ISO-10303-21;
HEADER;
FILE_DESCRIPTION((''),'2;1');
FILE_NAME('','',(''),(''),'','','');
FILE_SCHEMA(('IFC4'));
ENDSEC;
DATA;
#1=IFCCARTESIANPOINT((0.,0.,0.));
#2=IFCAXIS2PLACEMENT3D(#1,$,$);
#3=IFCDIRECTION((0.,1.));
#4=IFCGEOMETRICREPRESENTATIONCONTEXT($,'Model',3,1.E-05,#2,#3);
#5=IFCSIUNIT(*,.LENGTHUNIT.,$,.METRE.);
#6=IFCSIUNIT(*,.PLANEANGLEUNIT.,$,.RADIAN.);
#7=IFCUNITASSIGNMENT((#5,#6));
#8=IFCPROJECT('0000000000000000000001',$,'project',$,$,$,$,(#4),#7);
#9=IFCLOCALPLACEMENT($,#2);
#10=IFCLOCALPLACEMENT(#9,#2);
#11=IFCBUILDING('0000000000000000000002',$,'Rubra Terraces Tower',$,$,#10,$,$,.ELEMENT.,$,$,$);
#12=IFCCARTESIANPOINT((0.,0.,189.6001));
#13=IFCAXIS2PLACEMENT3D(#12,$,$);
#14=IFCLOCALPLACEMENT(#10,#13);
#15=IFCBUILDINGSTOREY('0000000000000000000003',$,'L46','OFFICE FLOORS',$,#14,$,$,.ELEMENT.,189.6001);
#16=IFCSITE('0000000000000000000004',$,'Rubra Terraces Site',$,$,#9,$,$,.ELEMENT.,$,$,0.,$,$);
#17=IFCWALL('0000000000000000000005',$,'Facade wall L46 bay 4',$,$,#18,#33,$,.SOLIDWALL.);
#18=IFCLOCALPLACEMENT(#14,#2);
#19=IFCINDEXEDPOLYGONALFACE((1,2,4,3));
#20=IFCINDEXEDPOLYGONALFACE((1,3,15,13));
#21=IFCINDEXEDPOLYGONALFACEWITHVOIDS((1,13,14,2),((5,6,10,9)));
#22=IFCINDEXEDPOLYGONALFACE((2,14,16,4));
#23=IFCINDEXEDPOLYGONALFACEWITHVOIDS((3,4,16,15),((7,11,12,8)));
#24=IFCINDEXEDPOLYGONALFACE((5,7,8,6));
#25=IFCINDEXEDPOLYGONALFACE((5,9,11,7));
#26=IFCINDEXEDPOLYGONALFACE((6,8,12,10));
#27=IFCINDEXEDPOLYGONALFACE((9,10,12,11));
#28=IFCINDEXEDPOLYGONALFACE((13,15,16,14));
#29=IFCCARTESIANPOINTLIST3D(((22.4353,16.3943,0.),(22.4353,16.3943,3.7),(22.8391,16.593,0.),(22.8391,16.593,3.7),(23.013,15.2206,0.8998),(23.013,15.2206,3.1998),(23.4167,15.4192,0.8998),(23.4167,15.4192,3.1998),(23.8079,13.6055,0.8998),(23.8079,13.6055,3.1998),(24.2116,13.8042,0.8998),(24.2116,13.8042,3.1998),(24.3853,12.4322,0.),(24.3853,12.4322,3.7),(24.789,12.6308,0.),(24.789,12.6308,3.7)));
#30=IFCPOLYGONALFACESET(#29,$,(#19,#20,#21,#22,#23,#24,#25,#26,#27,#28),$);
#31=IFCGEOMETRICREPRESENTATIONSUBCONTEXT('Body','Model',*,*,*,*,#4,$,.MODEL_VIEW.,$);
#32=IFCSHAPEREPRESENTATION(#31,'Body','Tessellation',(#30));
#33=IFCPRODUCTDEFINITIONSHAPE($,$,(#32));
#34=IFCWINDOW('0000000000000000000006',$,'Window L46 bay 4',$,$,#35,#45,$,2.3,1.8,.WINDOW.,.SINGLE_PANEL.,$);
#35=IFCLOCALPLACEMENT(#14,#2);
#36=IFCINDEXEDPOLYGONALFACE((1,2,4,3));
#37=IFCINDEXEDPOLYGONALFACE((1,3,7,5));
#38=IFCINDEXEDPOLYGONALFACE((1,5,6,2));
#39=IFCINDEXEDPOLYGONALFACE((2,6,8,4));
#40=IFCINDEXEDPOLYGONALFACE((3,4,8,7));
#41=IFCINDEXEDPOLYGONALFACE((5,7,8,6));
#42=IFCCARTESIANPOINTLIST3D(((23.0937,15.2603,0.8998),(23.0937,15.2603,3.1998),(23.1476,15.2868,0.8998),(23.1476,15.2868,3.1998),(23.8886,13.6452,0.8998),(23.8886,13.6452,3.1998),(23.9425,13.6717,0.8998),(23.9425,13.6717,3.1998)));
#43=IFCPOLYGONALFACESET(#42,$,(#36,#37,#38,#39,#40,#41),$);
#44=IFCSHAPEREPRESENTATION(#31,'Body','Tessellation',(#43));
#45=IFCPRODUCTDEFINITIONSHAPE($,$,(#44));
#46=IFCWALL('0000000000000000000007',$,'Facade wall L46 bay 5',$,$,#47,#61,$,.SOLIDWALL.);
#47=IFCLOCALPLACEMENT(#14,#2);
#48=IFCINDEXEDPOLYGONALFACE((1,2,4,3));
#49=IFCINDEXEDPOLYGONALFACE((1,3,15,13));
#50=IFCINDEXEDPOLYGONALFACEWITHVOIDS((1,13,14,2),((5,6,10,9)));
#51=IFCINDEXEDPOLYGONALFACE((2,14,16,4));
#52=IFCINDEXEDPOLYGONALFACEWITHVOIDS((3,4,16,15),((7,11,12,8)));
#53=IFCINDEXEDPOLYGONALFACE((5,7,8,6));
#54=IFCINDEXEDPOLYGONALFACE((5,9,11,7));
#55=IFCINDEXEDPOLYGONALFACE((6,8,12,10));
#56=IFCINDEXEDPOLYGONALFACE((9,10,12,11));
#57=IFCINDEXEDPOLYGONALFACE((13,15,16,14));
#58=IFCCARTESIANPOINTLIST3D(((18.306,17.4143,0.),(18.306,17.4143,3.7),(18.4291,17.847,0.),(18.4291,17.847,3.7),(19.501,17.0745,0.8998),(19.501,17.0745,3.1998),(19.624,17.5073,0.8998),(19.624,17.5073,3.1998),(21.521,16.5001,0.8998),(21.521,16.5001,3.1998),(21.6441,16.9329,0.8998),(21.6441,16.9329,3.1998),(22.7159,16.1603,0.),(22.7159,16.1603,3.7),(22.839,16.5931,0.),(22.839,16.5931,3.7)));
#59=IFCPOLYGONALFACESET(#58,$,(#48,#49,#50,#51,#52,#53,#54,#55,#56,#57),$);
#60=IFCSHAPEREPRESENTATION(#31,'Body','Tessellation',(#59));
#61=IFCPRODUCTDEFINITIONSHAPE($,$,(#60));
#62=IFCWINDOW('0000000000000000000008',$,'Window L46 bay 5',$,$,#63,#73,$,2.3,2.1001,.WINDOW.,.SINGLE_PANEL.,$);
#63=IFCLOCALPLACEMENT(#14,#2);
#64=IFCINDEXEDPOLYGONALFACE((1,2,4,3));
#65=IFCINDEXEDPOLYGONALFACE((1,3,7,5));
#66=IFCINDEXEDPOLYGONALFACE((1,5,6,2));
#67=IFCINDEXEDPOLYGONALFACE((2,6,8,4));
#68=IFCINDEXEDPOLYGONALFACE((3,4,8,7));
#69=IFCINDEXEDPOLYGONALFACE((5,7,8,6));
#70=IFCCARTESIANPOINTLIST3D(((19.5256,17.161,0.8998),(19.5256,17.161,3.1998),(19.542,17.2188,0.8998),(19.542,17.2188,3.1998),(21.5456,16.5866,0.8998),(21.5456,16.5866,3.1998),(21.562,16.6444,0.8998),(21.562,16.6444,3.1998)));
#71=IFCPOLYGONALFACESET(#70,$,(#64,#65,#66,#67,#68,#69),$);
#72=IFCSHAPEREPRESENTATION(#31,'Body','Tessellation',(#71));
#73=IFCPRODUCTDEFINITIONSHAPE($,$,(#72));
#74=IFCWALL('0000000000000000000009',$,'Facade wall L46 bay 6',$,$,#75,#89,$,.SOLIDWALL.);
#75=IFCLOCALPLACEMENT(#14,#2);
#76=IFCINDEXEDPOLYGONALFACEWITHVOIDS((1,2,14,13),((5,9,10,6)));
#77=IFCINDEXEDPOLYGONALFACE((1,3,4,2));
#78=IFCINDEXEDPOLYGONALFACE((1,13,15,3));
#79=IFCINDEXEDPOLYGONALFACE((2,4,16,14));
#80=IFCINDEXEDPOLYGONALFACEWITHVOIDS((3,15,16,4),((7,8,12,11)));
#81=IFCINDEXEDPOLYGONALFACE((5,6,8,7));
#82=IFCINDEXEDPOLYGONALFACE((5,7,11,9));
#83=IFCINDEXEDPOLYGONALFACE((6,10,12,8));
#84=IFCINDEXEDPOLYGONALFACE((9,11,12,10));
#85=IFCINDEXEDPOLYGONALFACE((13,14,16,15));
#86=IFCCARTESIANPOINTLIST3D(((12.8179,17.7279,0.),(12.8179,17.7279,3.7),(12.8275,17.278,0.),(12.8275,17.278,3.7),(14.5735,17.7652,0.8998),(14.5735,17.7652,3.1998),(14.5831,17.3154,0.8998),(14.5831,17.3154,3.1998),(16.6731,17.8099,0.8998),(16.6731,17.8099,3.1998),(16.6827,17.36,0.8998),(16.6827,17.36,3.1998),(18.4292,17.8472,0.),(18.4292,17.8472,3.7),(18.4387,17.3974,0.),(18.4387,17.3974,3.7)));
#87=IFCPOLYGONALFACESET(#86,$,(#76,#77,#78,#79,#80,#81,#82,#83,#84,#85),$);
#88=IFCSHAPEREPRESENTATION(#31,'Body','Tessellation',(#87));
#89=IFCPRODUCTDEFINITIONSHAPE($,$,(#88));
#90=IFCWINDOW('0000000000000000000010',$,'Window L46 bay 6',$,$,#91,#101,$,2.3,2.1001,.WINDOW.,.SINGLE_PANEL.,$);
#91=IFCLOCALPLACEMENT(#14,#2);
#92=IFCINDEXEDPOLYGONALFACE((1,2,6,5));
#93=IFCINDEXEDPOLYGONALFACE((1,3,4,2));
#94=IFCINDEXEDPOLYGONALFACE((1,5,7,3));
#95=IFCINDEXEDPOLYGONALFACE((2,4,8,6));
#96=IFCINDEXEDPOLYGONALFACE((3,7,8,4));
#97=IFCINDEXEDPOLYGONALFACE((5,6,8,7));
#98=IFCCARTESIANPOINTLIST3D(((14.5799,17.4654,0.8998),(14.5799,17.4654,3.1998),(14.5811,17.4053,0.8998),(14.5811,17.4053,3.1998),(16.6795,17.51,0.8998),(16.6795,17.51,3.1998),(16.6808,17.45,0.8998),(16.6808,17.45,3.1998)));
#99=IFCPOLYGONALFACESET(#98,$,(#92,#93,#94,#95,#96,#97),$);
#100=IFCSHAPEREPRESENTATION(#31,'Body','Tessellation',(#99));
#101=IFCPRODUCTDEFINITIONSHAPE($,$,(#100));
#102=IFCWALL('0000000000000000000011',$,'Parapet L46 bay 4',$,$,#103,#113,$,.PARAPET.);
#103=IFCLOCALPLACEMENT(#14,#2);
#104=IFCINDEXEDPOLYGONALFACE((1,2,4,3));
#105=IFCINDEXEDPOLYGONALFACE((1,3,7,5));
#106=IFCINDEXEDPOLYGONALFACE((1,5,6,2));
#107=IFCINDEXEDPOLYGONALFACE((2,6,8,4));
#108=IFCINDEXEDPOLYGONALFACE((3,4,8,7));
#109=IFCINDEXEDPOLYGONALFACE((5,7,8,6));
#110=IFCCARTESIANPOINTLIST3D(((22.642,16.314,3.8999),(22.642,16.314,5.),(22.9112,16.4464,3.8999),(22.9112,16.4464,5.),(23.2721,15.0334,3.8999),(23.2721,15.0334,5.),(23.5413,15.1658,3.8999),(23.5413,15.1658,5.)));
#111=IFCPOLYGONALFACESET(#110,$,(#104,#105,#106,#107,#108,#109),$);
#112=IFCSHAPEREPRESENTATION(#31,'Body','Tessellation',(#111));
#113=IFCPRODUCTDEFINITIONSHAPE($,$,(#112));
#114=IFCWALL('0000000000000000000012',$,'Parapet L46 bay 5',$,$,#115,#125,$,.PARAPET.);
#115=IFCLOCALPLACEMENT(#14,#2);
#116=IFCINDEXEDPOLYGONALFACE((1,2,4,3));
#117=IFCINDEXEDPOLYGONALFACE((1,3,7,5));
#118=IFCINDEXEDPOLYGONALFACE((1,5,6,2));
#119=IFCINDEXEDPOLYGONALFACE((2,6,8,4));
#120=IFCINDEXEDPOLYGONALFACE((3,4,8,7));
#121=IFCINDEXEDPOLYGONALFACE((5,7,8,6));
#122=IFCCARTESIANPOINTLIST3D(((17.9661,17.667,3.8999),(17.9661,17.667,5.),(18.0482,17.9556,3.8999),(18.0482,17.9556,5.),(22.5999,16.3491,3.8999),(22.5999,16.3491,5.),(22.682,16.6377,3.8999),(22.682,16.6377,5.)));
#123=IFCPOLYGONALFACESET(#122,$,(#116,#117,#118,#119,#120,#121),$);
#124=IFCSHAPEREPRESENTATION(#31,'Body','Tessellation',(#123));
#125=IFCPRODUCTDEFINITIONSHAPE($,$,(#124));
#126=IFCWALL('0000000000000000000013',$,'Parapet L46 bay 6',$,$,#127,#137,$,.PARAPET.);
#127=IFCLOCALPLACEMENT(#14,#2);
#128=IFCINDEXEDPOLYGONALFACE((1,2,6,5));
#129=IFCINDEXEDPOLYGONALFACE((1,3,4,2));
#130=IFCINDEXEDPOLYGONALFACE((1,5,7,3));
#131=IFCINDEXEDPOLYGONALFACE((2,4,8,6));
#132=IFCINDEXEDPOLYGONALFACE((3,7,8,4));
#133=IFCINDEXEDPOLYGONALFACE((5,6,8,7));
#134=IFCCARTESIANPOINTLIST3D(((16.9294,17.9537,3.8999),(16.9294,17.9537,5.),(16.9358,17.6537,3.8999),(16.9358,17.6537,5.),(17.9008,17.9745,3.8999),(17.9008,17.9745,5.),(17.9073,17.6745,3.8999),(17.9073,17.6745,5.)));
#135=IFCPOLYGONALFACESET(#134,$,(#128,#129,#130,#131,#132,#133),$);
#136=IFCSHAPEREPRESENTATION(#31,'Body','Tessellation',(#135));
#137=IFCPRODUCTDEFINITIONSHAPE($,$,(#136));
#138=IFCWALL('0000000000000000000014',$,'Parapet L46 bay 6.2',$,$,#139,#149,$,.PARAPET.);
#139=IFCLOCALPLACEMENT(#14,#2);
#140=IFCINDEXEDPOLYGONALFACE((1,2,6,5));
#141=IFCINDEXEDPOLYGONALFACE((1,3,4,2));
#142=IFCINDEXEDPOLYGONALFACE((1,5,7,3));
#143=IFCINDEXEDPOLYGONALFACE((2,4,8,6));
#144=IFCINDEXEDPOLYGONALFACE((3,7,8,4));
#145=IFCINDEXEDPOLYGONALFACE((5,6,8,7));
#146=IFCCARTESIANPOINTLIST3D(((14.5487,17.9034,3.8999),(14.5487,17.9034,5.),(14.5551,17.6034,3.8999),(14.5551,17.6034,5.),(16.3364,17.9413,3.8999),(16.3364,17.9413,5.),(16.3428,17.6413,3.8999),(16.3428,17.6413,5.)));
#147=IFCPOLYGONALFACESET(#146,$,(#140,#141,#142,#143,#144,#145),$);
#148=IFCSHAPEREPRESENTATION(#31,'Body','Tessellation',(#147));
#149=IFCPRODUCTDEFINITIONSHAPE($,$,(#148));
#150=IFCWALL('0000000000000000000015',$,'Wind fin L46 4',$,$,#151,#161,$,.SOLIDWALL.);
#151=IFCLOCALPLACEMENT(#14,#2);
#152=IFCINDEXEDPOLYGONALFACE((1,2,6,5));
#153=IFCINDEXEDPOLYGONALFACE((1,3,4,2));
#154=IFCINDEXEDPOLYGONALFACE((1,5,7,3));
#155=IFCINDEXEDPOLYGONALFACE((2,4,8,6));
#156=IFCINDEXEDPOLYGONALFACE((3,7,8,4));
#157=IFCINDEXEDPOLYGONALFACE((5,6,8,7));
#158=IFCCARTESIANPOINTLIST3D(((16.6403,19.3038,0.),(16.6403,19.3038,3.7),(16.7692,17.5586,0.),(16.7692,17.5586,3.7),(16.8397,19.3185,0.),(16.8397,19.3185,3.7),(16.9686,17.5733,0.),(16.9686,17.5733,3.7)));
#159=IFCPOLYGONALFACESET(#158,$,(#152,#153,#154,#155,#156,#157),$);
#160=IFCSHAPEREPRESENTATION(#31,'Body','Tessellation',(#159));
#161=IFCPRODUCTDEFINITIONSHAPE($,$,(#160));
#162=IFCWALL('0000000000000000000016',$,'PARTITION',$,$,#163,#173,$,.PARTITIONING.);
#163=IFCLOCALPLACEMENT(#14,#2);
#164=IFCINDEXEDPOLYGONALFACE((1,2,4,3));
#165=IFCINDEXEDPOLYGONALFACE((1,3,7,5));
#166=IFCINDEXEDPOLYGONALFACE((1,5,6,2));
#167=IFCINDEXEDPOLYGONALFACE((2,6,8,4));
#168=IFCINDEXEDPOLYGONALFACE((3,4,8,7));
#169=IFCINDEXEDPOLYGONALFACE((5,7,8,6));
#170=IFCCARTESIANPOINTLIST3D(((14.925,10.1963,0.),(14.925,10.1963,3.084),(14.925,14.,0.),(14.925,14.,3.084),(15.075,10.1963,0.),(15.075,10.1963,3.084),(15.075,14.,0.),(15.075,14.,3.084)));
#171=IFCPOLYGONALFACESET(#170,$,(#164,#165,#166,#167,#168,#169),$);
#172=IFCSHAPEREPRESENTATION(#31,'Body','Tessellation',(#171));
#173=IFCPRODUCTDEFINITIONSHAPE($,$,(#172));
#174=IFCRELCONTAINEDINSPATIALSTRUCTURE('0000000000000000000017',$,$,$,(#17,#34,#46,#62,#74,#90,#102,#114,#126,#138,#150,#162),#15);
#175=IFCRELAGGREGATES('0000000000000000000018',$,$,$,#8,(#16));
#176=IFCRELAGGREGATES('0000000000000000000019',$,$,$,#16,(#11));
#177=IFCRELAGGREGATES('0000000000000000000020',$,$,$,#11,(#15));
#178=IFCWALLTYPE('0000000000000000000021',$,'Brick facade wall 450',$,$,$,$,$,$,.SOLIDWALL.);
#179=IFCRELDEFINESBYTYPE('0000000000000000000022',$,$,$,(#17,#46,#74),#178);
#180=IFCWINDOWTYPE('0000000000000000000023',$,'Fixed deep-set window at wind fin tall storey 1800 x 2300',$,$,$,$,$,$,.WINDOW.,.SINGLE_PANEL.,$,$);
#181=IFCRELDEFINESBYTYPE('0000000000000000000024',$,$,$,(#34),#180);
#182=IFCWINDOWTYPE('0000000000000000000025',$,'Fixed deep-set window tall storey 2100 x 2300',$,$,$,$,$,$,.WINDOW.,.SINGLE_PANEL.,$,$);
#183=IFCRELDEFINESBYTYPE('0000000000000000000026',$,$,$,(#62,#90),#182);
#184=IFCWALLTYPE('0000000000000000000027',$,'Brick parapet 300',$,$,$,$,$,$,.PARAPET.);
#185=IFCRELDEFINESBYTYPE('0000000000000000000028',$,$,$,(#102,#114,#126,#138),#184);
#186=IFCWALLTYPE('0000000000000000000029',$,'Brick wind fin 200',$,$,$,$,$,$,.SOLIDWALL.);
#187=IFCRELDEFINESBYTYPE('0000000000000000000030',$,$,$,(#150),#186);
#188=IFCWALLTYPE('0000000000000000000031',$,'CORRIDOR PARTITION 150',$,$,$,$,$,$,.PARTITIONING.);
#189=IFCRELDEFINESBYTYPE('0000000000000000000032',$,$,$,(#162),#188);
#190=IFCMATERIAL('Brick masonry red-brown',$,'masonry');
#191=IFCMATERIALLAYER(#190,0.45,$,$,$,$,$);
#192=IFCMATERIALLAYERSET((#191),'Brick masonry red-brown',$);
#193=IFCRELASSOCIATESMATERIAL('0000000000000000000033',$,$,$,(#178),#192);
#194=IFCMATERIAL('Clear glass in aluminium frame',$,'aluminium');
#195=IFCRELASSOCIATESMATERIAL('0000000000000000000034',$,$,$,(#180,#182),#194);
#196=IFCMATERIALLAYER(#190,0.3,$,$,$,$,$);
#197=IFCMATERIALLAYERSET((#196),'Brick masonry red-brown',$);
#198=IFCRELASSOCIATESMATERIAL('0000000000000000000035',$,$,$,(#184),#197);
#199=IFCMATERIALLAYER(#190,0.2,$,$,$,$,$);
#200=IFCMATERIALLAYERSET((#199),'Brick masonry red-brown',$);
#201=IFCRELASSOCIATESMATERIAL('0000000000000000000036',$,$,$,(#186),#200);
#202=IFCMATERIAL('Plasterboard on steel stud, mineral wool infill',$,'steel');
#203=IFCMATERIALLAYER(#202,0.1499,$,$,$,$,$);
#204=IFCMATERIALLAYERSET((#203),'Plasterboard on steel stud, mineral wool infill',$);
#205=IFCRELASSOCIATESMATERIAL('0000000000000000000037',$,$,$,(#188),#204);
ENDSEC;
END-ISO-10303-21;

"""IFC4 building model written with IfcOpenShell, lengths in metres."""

from ifc_helpers import new_model, si_unit, direction, frame, frame_2d, origin, place, context, subcontext, project, spatial, rectangle, extrude, material, layer, layer_set, type_object, element, fill, save


model = new_model("IFC4")

# Units and contexts
model_context = context("Model", 3, precision=1e-05, world=origin(), true_north=direction((0.0, 1.0)))
body_context = subcontext(model_context, "Body", "Model", "MODEL_VIEW")
ifc_project = project(units=[si_unit("LENGTHUNIT", "METRE"), si_unit("PLANEANGLEUNIT", "RADIAN")], contexts=[model_context])

# Site, building, storey
site_placement = place(None, origin())
site = spatial("IfcSite", under=ifc_project, at=site_placement, Name="Rubra Terraces Site", CompositionType="ELEMENT", RefElevation=0.0)
building_placement = place(site_placement, origin())
building = spatial("IfcBuilding", under=site, at=building_placement, Name="Rubra Terraces Tower", CompositionType="ELEMENT")
storey_placement = place(building_placement, frame((0.0, 0.0, 189.6001)))
storey = spatial("IfcBuildingStorey", under=building, at=storey_placement, Name="L46", Description="OFFICE FLOORS", CompositionType="ELEMENT", Elevation=189.6001)

# Walls, openings, windows
ifc_material_1 = material(Name="Brick masonry red-brown", Category="masonry")
ifc_layer_1 = layer(ifc_material_1, 0.45)
ifc_layer_set_1 = layer_set([ifc_layer_1], Name="Brick masonry red-brown")
wall_type_1 = type_object("IfcWallType", Name="Brick facade wall 450", PredefinedType="SOLIDWALL", material=ifc_layer_set_1)
wall_1_placement = place(storey_placement, frame((24.5872, 12.5315, 0.0), z_axis=(0.0, 0.0, 1.0), x_axis=(-0.441566, 0.897229, 0.0)))
wall_1 = element("IfcWall", 1, at=wall_1_placement, inside=storey, type_object=wall_type_1, Name="Facade wall L46 bay 4", PredefinedType="SOLIDWALL", context=body_context, shape_type="SweptSolid", body=[
    extrude(rectangle(XDim=4.416, YDim=0.45, at=frame_2d((2.208, 0.0))), origin(), (0.0, 0.0, 1.0), 3.7),
])
opening_1_placement = place(wall_1_placement, frame((1.3079, 0.0, 0.8999)))
opening_1 = element("IfcOpeningElement", 2, at=opening_1_placement, cuts=wall_1, PredefinedType="OPENING", context=body_context, shape_type="SweptSolid", body=[
    extrude(rectangle(XDim=1.8, YDim=2.3, at=frame_2d((0.8999, 1.1499))), frame((0.0, 0.2349, 0.0), z_axis=(0.0, -1.0, 0.0), x_axis=(1.0, 0.0, 0.0)), (0.0, 0.0, 1.0), 0.47),
])
ifc_material_2 = material(Name="Clear glass in aluminium frame", Category="aluminium")
window_type_1 = type_object("IfcWindowType", Name="Fixed deep-set window at wind fin tall storey 1800 x 2300", PartitioningType="SINGLE_PANEL", PredefinedType="WINDOW", material=ifc_material_2)
window_1_placement = place(opening_1_placement, origin())
window_1 = element("IfcWindow", 3, at=window_1_placement, inside=storey, type_object=window_type_1, Name="Window L46 bay 4", OverallHeight=2.3, OverallWidth=1.8, PartitioningType="SINGLE_PANEL", PredefinedType="WINDOW", context=body_context, shape_type="SweptSolid", body=[
    extrude(rectangle(XDim=1.8, YDim=2.3, at=frame_2d((0.8999, 1.1499))), frame((0.0, 0.135, 0.0), z_axis=(0.0, -1.0, 0.0), x_axis=(1.0, 0.0, 0.0)), (0.0, 0.0, 1.0), 0.0601),
])
fill(opening_1, window_1)
wall_2_placement = place(storey_placement, frame((22.7776, 16.3767, 0.0), z_axis=(0.0, 0.0, 1.0), x_axis=(-0.961873, 0.273497, 0.0)))
wall_2 = element("IfcWall", 4, at=wall_2_placement, inside=storey, type_object=wall_type_1, Name="Facade wall L46 bay 5", PredefinedType="SOLIDWALL", context=body_context, shape_type="SweptSolid", body=[
    extrude(rectangle(XDim=4.5847, YDim=0.45, at=frame_2d((2.2925, 0.0))), origin(), (0.0, 0.0, 1.0), 3.7),
])
opening_2_placement = place(wall_2_placement, frame((1.2424, 0.0, 0.8999)))
opening_2 = element("IfcOpeningElement", 5, at=opening_2_placement, cuts=wall_2, PredefinedType="OPENING", context=body_context, shape_type="SweptSolid", body=[
    extrude(rectangle(XDim=2.1001, YDim=2.3, at=frame_2d((1.05, 1.1499))), frame((0.0, 0.2349, 0.0), z_axis=(0.0, -1.0, 0.0), x_axis=(1.0, 0.0, 0.0)), (0.0, 0.0, 1.0), 0.47),
])
window_type_2 = type_object("IfcWindowType", Name="Fixed deep-set window tall storey 2100 x 2300", PartitioningType="SINGLE_PANEL", PredefinedType="WINDOW", material=ifc_material_2)
window_2_placement = place(opening_2_placement, origin())
window_2 = element("IfcWindow", 6, at=window_2_placement, inside=storey, type_object=window_type_2, Name="Window L46 bay 5", OverallHeight=2.3, OverallWidth=2.1001, PartitioningType="SINGLE_PANEL", PredefinedType="WINDOW", context=body_context, shape_type="SweptSolid", body=[
    extrude(rectangle(XDim=2.1001, YDim=2.3, at=frame_2d((1.05, 1.1499))), frame((0.0, 0.135, 0.0), z_axis=(0.0, -1.0, 0.0), x_axis=(1.0, 0.0, 0.0)), (0.0, 0.0, 1.0), 0.0601),
])
fill(opening_2, window_2)
wall_3_placement = place(storey_placement, frame((18.4338, 17.6223, 0.0), z_axis=(0.0, 0.0, 1.0), x_axis=(-0.999774, -0.021271, 0.0)))
wall_3 = element("IfcWall", 7, at=wall_3_placement, inside=storey, type_object=wall_type_1, Name="Facade wall L46 bay 6", PredefinedType="SOLIDWALL", context=body_context, shape_type="SweptSolid", body=[
    extrude(rectangle(XDim=5.6125, YDim=0.45, at=frame_2d((2.8062, 0.0))), origin(), (0.0, 0.0, 1.0), 3.7),
])
opening_3_placement = place(wall_3_placement, frame((1.7563, 0.0, 0.8999)))
opening_3 = element("IfcOpeningElement", 8, at=opening_3_placement, cuts=wall_3, PredefinedType="OPENING", context=body_context, shape_type="SweptSolid", body=[
    extrude(rectangle(XDim=2.1001, YDim=2.3, at=frame_2d((1.05, 1.1499))), frame((0.0, 0.2349, 0.0), z_axis=(0.0, -1.0, 0.0), x_axis=(1.0, 0.0, 0.0)), (0.0, 0.0, 1.0), 0.47),
])
window_3_placement = place(opening_3_placement, origin())
window_3 = element("IfcWindow", 9, at=window_3_placement, inside=storey, type_object=window_type_2, Name="Window L46 bay 6", OverallHeight=2.3, OverallWidth=2.1001, PartitioningType="SINGLE_PANEL", PredefinedType="WINDOW", context=body_context, shape_type="SweptSolid", body=[
    extrude(rectangle(XDim=2.1001, YDim=2.3, at=frame_2d((1.05, 1.1499))), frame((0.0, 0.135, 0.0), z_axis=(0.0, -1.0, 0.0), x_axis=(1.0, 0.0, 0.0)), (0.0, 0.0, 1.0), 0.0601),
])
fill(opening_3, window_3)

# Walls
ifc_layer_2 = layer(ifc_material_1, 0.3)
ifc_layer_set_2 = layer_set([ifc_layer_2], Name="Brick masonry red-brown")
wall_type_2 = type_object("IfcWallType", Name="Brick parapet 300", PredefinedType="PARAPET", material=ifc_layer_set_2)
wall_4_placement = place(storey_placement, frame((23.4067, 15.0996, 3.8999), z_axis=(0.0, 0.0, 1.0), x_axis=(-0.441525, 0.897249, 0.0)))
element("IfcWall", 10, at=wall_4_placement, inside=storey, type_object=wall_type_2, Name="Parapet L46 bay 4", PredefinedType="PARAPET", context=body_context, shape_type="SweptSolid", body=[
    extrude(rectangle(XDim=1.4272, YDim=0.3, at=frame_2d((0.7136, 0.0))), origin(), (0.0, 0.0, 1.0), 1.1001),
])
wall_5_placement = place(storey_placement, frame((22.6409, 16.4934, 3.8999), z_axis=(0.0, 0.0, 1.0), x_axis=(-0.961856, 0.273556, 0.0)))
element("IfcWall", 11, at=wall_5_placement, inside=storey, type_object=wall_type_2, Name="Parapet L46 bay 5", PredefinedType="PARAPET", context=body_context, shape_type="SweptSolid", body=[
    extrude(rectangle(XDim=4.8176, YDim=0.3, at=frame_2d((2.4087, 0.0))), origin(), (0.0, 0.0, 1.0), 1.1001),
])
wall_6_placement = place(storey_placement, frame((17.9041, 17.8245, 3.8999), z_axis=(0.0, 0.0, 1.0), x_axis=(-0.999772, -0.021357, 0.0)))
element("IfcWall", 12, at=wall_6_placement, inside=storey, type_object=wall_type_2, Name="Parapet L46 bay 6", PredefinedType="PARAPET", context=body_context, shape_type="SweptSolid", body=[
    extrude(rectangle(XDim=0.9717, YDim=0.3, at=frame_2d((0.4858, 0.0))), origin(), (0.0, 0.0, 1.0), 1.1001),
])
wall_7_placement = place(storey_placement, frame((16.3396, 17.7913, 3.8999), z_axis=(0.0, 0.0, 1.0), x_axis=(-0.999776, -0.021164, 0.0)))
element("IfcWall", 13, at=wall_7_placement, inside=storey, type_object=wall_type_2, Name="Parapet L46 bay 6.2", PredefinedType="PARAPET", context=body_context, shape_type="SweptSolid", body=[
    extrude(rectangle(XDim=1.7881, YDim=0.3, at=frame_2d((0.894, 0.0))), origin(), (0.0, 0.0, 1.0), 1.1001),
])
ifc_layer_3 = layer(ifc_material_1, 0.2)
ifc_layer_set_3 = layer_set([ifc_layer_3], Name="Brick masonry red-brown")
wall_type_3 = type_object("IfcWallType", Name="Brick wind fin 200", PredefinedType="SOLIDWALL", material=ifc_layer_set_3)
wall_8_placement = place(storey_placement, frame((16.8689, 17.5659, 0.0), z_axis=(0.0, 0.0, 1.0), x_axis=(-0.073656, 0.997284, 0.0)))
element("IfcWall", 14, at=wall_8_placement, inside=storey, type_object=wall_type_3, Name="Wind fin L46 4", PredefinedType="SOLIDWALL", context=body_context, shape_type="SweptSolid", body=[
    extrude(rectangle(XDim=1.75, YDim=0.2, at=frame_2d((0.875, 0.0))), origin(), (0.0, 0.0, 1.0), 3.7),
])
ifc_material_3 = material(Name="Plasterboard on steel stud, mineral wool infill", Category="steel")
ifc_layer_4 = layer(ifc_material_3, 0.1499)
ifc_layer_set_4 = layer_set([ifc_layer_4], Name="Plasterboard on steel stud, mineral wool infill")
wall_type_4 = type_object("IfcWallType", Name="CORRIDOR PARTITION 150", PredefinedType="PARTITIONING", material=ifc_layer_set_4)
wall_9_placement = place(storey_placement, frame((15.0, 10.1963, 0.0), z_axis=(0.0, 0.0, 1.0), x_axis=(0.0, 1.0, 0.0)))
element("IfcWall", 15, at=wall_9_placement, inside=storey, type_object=wall_type_4, Name="PARTITION", PredefinedType="PARTITIONING", context=body_context, shape_type="SweptSolid", body=[
    extrude(rectangle(XDim=3.8037, YDim=0.1499, at=frame_2d((1.9019, 0.0))), origin(), (0.0, 0.0, 1.0), 3.084),
])

save(model, "model.ifc")
